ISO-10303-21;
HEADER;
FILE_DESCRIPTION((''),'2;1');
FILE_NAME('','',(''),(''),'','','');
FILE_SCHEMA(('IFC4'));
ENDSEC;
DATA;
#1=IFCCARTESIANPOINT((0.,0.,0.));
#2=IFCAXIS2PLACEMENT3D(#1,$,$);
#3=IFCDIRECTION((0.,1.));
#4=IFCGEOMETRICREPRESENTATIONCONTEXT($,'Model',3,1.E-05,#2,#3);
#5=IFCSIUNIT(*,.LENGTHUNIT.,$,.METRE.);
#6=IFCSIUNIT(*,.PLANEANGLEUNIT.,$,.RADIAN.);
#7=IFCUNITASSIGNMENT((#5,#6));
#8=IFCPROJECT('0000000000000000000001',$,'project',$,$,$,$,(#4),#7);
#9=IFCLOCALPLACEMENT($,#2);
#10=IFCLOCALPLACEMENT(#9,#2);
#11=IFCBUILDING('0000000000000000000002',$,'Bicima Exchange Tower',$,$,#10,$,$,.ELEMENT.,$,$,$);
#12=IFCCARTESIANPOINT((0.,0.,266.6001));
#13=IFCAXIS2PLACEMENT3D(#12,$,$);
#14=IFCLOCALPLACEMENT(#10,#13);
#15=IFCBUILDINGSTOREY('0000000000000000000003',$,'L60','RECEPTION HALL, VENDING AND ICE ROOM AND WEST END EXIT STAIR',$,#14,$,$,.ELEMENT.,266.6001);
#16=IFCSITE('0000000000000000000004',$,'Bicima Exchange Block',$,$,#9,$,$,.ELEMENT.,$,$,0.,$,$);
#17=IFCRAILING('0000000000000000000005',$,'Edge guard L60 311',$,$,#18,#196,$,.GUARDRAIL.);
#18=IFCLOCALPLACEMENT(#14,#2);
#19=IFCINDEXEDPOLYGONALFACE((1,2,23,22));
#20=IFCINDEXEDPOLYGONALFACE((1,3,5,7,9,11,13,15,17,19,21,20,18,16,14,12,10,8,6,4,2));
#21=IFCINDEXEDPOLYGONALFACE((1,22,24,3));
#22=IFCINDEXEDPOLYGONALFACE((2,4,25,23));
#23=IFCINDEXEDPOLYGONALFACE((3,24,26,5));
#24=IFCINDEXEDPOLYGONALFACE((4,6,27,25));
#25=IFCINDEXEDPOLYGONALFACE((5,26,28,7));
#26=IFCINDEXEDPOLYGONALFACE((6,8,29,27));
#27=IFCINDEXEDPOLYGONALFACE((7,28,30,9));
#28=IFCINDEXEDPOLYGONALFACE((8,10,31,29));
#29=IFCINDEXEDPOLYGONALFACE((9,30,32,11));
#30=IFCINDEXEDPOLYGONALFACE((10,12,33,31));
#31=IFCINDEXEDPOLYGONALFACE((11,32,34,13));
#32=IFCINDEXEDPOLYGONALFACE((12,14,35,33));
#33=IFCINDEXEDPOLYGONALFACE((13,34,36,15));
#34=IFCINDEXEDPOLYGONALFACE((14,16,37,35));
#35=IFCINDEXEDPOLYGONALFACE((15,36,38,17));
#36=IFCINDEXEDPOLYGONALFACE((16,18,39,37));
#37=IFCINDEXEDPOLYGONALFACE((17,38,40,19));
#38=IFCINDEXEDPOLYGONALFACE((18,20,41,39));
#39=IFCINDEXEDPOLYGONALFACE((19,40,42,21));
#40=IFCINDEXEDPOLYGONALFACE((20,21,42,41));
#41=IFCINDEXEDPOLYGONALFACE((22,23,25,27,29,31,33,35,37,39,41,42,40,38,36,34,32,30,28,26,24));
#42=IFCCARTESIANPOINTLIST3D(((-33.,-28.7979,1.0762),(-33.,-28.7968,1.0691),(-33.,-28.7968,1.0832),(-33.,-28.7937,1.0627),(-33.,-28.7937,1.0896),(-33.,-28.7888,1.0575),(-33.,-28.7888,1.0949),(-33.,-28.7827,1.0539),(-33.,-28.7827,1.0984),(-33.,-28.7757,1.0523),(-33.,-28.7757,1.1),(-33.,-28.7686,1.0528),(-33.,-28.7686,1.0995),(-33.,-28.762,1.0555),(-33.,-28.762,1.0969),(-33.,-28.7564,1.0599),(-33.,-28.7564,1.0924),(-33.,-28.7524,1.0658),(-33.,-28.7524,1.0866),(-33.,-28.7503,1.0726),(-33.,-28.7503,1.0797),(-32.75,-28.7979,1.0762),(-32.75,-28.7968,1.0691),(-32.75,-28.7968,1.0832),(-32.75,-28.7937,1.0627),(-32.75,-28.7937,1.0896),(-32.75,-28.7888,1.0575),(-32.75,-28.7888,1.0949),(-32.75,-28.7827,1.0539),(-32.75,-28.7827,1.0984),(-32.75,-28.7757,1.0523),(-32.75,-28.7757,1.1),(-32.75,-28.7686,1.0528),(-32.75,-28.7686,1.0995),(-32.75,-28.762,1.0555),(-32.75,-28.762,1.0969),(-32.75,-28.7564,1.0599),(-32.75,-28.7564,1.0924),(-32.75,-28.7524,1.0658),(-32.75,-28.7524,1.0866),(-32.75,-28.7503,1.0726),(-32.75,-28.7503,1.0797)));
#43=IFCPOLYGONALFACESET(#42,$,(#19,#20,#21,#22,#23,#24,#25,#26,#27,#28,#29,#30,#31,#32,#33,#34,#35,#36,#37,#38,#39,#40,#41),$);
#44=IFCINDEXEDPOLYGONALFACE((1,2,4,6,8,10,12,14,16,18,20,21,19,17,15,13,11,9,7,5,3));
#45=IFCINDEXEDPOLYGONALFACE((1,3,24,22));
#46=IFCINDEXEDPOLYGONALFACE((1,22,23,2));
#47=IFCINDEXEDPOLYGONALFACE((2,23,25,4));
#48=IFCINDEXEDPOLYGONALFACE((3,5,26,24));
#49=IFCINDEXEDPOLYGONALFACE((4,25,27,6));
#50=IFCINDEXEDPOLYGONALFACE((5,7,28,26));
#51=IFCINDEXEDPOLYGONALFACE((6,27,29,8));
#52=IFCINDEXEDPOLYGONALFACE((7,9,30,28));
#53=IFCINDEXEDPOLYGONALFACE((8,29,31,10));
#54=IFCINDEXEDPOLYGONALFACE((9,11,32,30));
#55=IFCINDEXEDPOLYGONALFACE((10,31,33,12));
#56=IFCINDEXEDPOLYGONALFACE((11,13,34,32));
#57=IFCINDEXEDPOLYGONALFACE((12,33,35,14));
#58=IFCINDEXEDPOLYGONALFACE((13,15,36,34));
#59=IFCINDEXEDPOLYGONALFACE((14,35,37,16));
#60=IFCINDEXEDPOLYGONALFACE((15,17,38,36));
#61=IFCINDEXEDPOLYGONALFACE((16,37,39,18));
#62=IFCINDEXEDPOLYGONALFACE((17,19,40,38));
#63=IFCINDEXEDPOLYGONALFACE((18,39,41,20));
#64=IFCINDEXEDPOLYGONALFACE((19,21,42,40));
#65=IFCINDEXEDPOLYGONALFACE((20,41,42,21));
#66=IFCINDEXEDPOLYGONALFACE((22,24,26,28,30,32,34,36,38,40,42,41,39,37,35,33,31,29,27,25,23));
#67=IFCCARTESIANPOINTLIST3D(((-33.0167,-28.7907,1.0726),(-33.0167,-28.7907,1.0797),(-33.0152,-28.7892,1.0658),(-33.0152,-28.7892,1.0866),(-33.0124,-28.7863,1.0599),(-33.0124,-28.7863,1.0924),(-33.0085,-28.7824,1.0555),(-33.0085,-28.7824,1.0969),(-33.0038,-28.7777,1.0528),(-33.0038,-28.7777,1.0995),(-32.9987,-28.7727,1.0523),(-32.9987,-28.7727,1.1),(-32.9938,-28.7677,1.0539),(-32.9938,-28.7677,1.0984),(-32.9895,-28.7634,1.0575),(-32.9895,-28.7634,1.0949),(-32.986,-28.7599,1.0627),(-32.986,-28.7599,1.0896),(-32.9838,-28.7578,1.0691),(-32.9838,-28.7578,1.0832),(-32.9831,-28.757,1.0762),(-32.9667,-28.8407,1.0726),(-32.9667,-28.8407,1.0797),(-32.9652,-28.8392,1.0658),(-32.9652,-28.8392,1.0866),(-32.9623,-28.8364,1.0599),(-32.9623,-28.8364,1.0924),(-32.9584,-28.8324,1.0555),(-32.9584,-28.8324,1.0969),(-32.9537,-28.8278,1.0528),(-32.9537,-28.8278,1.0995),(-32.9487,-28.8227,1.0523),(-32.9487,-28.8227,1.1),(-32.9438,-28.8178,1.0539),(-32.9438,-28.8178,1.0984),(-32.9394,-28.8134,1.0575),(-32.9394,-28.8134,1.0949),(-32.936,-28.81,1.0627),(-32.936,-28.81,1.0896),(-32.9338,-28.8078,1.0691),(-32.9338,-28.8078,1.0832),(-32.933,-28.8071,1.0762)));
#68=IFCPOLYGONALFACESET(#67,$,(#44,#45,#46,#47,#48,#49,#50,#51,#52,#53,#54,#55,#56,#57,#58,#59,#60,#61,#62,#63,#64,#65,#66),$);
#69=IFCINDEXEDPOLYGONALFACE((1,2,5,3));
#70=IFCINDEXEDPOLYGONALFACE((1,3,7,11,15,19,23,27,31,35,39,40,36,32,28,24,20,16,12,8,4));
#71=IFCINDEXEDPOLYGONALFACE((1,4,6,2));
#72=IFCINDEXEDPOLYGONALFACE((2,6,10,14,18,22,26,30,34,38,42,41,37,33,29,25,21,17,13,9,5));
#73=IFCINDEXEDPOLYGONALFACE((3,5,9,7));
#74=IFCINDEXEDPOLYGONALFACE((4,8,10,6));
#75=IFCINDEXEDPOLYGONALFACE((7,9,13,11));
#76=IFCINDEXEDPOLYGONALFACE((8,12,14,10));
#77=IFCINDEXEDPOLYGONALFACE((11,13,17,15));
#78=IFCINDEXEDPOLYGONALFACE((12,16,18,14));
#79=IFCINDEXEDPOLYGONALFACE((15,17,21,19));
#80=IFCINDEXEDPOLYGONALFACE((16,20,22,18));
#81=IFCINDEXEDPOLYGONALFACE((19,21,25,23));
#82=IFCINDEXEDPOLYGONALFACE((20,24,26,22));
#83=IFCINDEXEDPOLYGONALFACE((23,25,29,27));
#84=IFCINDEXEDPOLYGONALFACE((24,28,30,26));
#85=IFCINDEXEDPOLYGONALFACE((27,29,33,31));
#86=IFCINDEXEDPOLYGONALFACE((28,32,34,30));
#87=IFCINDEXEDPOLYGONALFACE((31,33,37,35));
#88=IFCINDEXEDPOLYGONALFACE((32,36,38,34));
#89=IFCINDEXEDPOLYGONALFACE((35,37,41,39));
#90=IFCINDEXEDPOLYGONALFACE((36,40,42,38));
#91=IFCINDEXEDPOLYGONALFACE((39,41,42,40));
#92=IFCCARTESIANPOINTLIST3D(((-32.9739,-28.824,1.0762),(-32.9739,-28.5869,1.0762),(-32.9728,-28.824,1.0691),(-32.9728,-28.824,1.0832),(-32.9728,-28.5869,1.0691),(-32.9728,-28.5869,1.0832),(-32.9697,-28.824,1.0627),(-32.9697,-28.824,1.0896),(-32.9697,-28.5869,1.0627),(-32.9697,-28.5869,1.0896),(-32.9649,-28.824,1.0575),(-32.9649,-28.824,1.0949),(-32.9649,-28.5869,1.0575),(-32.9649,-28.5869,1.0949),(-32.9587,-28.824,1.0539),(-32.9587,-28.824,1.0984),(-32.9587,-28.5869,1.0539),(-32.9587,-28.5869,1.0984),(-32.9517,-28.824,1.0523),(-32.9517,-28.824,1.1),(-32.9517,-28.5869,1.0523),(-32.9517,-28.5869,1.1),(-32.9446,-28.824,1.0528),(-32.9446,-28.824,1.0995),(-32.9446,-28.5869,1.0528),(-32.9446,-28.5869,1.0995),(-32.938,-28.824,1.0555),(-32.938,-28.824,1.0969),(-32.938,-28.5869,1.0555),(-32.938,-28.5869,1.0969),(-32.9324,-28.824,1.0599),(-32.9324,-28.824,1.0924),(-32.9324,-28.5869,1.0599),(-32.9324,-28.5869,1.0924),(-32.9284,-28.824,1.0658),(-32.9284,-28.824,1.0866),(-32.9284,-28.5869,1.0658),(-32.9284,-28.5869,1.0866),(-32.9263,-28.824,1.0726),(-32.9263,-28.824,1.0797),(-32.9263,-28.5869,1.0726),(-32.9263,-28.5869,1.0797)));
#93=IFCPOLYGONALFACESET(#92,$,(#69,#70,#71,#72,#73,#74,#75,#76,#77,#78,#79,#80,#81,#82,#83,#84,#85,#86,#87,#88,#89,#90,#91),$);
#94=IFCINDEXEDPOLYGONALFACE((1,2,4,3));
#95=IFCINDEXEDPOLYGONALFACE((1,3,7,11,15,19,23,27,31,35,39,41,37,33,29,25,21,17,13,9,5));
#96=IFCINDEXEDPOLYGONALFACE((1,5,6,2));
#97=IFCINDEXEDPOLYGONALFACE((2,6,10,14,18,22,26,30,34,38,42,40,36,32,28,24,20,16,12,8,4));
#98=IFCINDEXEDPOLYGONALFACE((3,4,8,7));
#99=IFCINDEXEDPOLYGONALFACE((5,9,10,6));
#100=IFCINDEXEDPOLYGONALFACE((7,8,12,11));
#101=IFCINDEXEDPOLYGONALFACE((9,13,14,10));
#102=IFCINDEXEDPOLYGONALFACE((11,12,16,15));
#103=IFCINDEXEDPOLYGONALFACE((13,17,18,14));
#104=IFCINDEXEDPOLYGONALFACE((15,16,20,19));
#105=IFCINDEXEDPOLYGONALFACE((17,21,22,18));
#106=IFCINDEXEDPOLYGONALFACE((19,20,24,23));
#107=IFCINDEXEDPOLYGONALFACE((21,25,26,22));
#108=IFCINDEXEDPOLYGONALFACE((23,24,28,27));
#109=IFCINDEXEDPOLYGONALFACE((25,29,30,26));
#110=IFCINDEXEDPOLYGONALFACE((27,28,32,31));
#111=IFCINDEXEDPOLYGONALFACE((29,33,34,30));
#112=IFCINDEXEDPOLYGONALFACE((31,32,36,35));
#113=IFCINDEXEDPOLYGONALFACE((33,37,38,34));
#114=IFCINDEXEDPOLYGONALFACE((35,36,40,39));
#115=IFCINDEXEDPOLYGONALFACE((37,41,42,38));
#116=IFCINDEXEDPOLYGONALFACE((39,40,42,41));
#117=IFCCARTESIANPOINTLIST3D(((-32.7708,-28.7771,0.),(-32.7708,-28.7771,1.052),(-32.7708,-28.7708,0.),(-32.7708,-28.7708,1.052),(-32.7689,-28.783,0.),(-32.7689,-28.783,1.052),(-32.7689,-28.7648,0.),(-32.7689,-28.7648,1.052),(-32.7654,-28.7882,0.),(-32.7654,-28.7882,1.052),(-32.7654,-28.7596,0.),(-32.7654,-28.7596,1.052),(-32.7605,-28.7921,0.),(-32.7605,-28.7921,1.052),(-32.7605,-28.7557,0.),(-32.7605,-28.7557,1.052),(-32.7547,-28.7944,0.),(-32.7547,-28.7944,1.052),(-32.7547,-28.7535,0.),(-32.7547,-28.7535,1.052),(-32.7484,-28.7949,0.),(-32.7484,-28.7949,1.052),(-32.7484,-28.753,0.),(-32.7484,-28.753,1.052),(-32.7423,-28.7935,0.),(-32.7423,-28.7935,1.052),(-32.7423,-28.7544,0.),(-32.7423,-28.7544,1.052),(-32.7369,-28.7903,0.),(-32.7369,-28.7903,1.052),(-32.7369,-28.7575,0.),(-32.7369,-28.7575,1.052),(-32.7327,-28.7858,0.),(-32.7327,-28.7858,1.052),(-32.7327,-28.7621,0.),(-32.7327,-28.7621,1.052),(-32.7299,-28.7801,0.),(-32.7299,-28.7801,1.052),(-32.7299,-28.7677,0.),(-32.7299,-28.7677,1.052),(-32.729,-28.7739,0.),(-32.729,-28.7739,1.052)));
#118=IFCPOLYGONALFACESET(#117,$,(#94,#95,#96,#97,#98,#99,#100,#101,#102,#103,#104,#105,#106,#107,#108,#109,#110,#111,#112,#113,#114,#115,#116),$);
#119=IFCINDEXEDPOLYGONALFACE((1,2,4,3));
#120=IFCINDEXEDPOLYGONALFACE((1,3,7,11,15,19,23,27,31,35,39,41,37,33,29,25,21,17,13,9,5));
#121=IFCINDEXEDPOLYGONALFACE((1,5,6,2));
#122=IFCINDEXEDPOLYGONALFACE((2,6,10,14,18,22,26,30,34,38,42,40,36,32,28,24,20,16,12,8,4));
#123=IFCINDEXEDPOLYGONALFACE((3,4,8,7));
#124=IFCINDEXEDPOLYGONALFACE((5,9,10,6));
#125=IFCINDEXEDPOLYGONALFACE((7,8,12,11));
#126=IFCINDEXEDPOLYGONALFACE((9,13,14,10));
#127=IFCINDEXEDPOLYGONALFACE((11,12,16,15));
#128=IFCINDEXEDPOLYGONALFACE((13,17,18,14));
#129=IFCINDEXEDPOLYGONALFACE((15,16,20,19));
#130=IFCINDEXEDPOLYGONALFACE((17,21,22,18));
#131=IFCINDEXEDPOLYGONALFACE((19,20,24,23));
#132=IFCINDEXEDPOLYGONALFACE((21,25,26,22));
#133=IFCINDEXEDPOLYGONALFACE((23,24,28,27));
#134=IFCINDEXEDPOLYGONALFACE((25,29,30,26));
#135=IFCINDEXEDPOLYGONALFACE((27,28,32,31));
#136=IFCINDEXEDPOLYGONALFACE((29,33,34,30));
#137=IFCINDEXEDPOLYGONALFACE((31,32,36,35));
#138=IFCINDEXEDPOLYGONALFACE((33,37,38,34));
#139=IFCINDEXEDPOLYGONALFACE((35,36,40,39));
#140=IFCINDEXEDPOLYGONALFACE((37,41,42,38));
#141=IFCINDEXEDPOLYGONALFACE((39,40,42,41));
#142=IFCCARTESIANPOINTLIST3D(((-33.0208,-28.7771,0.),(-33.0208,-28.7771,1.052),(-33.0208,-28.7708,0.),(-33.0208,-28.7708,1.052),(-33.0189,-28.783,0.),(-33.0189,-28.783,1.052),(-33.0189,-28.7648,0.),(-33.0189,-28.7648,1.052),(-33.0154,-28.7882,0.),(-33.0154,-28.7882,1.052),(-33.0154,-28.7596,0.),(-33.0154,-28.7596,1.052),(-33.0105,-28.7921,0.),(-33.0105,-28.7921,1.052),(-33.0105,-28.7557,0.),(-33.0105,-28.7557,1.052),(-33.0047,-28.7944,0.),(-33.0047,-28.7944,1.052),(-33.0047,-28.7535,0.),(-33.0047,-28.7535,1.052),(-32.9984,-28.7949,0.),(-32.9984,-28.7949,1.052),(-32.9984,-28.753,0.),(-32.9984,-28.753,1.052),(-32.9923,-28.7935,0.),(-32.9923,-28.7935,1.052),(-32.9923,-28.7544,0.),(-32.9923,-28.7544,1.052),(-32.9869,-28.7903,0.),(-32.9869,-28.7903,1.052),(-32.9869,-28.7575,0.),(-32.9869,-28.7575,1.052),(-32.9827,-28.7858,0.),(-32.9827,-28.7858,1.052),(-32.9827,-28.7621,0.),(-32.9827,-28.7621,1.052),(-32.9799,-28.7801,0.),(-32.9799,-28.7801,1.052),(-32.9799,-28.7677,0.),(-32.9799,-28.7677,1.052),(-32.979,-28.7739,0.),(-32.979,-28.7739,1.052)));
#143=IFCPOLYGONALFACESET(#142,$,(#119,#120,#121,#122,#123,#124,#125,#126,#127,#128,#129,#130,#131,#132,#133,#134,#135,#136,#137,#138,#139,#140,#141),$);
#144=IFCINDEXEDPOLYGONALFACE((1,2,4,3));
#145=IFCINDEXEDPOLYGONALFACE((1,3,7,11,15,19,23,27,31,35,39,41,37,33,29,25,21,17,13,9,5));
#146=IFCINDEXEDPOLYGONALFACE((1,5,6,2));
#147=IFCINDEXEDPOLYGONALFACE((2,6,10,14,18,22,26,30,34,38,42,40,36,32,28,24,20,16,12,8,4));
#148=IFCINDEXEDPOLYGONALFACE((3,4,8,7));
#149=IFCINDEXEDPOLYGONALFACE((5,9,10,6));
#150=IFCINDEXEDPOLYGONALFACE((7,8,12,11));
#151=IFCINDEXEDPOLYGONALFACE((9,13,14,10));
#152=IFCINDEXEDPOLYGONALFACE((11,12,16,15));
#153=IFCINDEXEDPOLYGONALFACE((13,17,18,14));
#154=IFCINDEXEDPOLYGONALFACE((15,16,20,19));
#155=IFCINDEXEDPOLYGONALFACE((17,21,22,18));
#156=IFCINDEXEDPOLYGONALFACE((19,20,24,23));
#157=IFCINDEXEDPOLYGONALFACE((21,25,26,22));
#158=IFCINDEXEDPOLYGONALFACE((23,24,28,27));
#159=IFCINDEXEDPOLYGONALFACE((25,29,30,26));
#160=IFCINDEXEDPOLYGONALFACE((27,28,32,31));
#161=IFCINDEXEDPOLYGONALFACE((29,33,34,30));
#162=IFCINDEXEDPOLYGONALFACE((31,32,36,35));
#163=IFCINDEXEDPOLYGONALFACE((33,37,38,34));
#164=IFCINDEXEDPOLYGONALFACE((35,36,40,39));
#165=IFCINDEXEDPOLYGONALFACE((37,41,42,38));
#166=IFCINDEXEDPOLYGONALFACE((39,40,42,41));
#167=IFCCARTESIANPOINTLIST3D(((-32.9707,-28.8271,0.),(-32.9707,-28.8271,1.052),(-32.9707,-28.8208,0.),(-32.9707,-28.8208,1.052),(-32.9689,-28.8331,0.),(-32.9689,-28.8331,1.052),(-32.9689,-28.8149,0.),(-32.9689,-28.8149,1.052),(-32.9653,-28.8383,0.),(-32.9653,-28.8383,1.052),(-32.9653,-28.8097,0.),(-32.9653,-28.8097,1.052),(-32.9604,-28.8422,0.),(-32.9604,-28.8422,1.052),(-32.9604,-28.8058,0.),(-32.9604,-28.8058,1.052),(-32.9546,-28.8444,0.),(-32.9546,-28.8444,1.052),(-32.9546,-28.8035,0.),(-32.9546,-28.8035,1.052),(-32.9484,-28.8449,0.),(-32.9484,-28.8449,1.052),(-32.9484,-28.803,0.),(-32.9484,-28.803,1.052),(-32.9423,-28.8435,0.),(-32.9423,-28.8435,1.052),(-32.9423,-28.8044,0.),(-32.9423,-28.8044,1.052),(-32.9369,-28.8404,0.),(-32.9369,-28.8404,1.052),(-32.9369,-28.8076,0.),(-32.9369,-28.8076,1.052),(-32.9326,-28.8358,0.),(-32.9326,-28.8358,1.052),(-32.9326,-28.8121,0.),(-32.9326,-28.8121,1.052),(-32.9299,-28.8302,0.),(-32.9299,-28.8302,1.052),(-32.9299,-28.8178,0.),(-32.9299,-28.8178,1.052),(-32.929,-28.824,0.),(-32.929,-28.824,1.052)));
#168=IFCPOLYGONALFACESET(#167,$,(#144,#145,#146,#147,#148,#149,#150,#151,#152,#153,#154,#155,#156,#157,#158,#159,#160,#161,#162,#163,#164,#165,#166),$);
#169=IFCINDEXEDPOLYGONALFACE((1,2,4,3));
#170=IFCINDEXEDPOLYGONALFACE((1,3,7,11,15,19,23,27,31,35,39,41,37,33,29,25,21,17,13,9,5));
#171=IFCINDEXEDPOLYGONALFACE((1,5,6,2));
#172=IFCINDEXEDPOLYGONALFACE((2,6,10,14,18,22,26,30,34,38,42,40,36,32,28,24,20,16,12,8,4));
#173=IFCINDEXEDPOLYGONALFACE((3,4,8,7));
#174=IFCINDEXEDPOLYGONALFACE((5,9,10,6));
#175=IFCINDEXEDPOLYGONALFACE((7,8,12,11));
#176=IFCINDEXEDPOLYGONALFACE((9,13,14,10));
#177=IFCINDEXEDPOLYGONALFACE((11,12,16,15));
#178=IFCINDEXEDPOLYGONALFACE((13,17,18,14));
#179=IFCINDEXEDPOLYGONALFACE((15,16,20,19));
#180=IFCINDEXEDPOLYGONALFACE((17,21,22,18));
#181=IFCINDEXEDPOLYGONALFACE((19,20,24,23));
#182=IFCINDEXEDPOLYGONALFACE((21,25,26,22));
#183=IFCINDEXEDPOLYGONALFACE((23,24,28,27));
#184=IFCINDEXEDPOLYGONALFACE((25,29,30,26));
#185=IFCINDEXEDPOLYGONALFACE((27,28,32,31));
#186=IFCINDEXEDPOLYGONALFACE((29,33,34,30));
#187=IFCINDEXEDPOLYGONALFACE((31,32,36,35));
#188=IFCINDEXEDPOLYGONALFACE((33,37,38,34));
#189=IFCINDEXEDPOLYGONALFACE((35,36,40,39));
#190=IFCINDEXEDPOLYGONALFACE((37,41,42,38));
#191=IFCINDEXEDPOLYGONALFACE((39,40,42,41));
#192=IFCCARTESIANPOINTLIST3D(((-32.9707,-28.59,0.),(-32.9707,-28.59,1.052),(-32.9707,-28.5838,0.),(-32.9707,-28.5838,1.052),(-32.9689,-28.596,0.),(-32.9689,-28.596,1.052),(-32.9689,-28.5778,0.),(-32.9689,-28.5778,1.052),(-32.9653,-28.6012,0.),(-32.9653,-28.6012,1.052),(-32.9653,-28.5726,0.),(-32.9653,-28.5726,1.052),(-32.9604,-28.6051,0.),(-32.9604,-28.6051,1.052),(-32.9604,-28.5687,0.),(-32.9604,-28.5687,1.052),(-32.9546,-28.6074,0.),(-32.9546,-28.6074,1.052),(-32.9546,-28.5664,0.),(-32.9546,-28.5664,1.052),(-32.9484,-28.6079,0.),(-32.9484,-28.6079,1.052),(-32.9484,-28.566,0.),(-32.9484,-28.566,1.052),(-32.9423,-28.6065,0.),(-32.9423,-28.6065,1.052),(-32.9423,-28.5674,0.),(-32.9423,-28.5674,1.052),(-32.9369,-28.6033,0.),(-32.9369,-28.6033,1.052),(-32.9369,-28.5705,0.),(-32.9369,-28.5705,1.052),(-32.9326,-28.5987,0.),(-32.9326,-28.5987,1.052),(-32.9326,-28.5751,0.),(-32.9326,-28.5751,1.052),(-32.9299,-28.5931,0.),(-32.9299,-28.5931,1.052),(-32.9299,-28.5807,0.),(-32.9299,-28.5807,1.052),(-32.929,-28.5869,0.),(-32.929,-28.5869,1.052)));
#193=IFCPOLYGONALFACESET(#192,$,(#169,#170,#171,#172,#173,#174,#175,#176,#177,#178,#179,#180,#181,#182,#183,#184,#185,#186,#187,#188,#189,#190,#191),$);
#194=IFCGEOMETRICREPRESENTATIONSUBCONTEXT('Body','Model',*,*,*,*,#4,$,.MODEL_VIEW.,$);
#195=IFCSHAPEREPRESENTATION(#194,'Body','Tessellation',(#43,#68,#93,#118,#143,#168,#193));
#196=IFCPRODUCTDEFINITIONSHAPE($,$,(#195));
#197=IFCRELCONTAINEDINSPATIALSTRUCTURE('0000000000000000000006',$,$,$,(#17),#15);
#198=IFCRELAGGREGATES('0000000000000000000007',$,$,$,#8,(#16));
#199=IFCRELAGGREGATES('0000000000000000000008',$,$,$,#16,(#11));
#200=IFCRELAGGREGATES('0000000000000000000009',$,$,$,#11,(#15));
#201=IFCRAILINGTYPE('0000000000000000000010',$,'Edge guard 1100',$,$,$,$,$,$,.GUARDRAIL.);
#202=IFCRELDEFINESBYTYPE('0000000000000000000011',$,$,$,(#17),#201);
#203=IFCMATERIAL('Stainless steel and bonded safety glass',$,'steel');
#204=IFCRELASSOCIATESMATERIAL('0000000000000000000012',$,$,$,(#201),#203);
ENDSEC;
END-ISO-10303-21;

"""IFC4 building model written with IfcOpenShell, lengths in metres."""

from ifc_helpers import new_model, si_unit, direction, frame, origin, origin_2d, place, context, subcontext, project, spatial, circle, extrude, material, type_object, element, save


model = new_model("IFC4")

# Units and contexts
model_context = context("Model", 3, precision=1e-05, world=origin(), true_north=direction((0.0, 1.0)))
body_context = subcontext(model_context, "Body", "Model", "MODEL_VIEW")
ifc_project = project(units=[si_unit("LENGTHUNIT", "METRE"), si_unit("PLANEANGLEUNIT", "RADIAN")], contexts=[model_context])

# Site, building, storey
site_placement = place(None, origin())
site = spatial("IfcSite", under=ifc_project, at=site_placement, Name="Bicima Exchange Block", CompositionType="ELEMENT", RefElevation=0.0)
building_placement = place(site_placement, origin())
building = spatial("IfcBuilding", under=site, at=building_placement, Name="Bicima Exchange Tower", CompositionType="ELEMENT")
storey_placement = place(building_placement, frame((0.0, 0.0, 266.6001)))
storey = spatial("IfcBuildingStorey", under=building, at=storey_placement, Name="L60", Description="RECEPTION HALL, VENDING AND ICE ROOM AND WEST END EXIT STAIR", CompositionType="ELEMENT", Elevation=266.6001)

# Railing
ifc_material_1 = material(Name="Stainless steel and bonded safety glass", Category="steel")
railing_type = type_object("IfcRailingType", Name="Edge guard 1100", PredefinedType="GUARDRAIL", material=ifc_material_1)
railing_1_placement = place(storey_placement, frame((-32.75, -28.7739, 0.0)))
element("IfcRailing", 1, at=railing_1_placement, inside=storey, type_object=railing_type, Name="Edge guard L60 311", PredefinedType="GUARDRAIL", context=body_context, shape_type="SweptSolid", body=[
    extrude(circle(Radius=0.0239, at=origin_2d()), frame((0.0, 0.0, 1.0762), z_axis=(-1.0, 0.0, 0.0), x_axis=(0.0, -1.0, 0.0)), (0.0, 0.0, 1.0), 0.25),
    extrude(circle(Radius=0.0239, at=origin_2d()), frame((-0.25, 0.0, 1.0762), z_axis=(0.707107, -0.707107, 0.0), x_axis=(0.707107, 0.707107, 0.0)), (0.0, 0.0, 1.0), 0.0708),
    extrude(circle(Radius=0.0239, at=origin_2d()), frame((-0.2, -0.05, 1.0762), z_axis=(0.0, 1.0, 0.0), x_axis=(-1.0, 0.0, 0.0)), (0.0, 0.0, 1.0), 0.2371),
    extrude(circle(Radius=0.021, at=origin_2d()), origin(), (0.0, 0.0, 1.0), 1.052),
    extrude(circle(Radius=0.021, at=origin_2d()), frame((-0.25, 0.0, 0.0)), (0.0, 0.0, 1.0), 1.052),
    extrude(circle(Radius=0.021, at=origin_2d()), frame((-0.2, -0.05, 0.0)), (0.0, 0.0, 1.0), 1.052),
    extrude(circle(Radius=0.021, at=origin_2d()), frame((-0.2, 0.187, 0.0)), (0.0, 0.0, 1.0), 1.052),
])

save(model, "model.ifc")
